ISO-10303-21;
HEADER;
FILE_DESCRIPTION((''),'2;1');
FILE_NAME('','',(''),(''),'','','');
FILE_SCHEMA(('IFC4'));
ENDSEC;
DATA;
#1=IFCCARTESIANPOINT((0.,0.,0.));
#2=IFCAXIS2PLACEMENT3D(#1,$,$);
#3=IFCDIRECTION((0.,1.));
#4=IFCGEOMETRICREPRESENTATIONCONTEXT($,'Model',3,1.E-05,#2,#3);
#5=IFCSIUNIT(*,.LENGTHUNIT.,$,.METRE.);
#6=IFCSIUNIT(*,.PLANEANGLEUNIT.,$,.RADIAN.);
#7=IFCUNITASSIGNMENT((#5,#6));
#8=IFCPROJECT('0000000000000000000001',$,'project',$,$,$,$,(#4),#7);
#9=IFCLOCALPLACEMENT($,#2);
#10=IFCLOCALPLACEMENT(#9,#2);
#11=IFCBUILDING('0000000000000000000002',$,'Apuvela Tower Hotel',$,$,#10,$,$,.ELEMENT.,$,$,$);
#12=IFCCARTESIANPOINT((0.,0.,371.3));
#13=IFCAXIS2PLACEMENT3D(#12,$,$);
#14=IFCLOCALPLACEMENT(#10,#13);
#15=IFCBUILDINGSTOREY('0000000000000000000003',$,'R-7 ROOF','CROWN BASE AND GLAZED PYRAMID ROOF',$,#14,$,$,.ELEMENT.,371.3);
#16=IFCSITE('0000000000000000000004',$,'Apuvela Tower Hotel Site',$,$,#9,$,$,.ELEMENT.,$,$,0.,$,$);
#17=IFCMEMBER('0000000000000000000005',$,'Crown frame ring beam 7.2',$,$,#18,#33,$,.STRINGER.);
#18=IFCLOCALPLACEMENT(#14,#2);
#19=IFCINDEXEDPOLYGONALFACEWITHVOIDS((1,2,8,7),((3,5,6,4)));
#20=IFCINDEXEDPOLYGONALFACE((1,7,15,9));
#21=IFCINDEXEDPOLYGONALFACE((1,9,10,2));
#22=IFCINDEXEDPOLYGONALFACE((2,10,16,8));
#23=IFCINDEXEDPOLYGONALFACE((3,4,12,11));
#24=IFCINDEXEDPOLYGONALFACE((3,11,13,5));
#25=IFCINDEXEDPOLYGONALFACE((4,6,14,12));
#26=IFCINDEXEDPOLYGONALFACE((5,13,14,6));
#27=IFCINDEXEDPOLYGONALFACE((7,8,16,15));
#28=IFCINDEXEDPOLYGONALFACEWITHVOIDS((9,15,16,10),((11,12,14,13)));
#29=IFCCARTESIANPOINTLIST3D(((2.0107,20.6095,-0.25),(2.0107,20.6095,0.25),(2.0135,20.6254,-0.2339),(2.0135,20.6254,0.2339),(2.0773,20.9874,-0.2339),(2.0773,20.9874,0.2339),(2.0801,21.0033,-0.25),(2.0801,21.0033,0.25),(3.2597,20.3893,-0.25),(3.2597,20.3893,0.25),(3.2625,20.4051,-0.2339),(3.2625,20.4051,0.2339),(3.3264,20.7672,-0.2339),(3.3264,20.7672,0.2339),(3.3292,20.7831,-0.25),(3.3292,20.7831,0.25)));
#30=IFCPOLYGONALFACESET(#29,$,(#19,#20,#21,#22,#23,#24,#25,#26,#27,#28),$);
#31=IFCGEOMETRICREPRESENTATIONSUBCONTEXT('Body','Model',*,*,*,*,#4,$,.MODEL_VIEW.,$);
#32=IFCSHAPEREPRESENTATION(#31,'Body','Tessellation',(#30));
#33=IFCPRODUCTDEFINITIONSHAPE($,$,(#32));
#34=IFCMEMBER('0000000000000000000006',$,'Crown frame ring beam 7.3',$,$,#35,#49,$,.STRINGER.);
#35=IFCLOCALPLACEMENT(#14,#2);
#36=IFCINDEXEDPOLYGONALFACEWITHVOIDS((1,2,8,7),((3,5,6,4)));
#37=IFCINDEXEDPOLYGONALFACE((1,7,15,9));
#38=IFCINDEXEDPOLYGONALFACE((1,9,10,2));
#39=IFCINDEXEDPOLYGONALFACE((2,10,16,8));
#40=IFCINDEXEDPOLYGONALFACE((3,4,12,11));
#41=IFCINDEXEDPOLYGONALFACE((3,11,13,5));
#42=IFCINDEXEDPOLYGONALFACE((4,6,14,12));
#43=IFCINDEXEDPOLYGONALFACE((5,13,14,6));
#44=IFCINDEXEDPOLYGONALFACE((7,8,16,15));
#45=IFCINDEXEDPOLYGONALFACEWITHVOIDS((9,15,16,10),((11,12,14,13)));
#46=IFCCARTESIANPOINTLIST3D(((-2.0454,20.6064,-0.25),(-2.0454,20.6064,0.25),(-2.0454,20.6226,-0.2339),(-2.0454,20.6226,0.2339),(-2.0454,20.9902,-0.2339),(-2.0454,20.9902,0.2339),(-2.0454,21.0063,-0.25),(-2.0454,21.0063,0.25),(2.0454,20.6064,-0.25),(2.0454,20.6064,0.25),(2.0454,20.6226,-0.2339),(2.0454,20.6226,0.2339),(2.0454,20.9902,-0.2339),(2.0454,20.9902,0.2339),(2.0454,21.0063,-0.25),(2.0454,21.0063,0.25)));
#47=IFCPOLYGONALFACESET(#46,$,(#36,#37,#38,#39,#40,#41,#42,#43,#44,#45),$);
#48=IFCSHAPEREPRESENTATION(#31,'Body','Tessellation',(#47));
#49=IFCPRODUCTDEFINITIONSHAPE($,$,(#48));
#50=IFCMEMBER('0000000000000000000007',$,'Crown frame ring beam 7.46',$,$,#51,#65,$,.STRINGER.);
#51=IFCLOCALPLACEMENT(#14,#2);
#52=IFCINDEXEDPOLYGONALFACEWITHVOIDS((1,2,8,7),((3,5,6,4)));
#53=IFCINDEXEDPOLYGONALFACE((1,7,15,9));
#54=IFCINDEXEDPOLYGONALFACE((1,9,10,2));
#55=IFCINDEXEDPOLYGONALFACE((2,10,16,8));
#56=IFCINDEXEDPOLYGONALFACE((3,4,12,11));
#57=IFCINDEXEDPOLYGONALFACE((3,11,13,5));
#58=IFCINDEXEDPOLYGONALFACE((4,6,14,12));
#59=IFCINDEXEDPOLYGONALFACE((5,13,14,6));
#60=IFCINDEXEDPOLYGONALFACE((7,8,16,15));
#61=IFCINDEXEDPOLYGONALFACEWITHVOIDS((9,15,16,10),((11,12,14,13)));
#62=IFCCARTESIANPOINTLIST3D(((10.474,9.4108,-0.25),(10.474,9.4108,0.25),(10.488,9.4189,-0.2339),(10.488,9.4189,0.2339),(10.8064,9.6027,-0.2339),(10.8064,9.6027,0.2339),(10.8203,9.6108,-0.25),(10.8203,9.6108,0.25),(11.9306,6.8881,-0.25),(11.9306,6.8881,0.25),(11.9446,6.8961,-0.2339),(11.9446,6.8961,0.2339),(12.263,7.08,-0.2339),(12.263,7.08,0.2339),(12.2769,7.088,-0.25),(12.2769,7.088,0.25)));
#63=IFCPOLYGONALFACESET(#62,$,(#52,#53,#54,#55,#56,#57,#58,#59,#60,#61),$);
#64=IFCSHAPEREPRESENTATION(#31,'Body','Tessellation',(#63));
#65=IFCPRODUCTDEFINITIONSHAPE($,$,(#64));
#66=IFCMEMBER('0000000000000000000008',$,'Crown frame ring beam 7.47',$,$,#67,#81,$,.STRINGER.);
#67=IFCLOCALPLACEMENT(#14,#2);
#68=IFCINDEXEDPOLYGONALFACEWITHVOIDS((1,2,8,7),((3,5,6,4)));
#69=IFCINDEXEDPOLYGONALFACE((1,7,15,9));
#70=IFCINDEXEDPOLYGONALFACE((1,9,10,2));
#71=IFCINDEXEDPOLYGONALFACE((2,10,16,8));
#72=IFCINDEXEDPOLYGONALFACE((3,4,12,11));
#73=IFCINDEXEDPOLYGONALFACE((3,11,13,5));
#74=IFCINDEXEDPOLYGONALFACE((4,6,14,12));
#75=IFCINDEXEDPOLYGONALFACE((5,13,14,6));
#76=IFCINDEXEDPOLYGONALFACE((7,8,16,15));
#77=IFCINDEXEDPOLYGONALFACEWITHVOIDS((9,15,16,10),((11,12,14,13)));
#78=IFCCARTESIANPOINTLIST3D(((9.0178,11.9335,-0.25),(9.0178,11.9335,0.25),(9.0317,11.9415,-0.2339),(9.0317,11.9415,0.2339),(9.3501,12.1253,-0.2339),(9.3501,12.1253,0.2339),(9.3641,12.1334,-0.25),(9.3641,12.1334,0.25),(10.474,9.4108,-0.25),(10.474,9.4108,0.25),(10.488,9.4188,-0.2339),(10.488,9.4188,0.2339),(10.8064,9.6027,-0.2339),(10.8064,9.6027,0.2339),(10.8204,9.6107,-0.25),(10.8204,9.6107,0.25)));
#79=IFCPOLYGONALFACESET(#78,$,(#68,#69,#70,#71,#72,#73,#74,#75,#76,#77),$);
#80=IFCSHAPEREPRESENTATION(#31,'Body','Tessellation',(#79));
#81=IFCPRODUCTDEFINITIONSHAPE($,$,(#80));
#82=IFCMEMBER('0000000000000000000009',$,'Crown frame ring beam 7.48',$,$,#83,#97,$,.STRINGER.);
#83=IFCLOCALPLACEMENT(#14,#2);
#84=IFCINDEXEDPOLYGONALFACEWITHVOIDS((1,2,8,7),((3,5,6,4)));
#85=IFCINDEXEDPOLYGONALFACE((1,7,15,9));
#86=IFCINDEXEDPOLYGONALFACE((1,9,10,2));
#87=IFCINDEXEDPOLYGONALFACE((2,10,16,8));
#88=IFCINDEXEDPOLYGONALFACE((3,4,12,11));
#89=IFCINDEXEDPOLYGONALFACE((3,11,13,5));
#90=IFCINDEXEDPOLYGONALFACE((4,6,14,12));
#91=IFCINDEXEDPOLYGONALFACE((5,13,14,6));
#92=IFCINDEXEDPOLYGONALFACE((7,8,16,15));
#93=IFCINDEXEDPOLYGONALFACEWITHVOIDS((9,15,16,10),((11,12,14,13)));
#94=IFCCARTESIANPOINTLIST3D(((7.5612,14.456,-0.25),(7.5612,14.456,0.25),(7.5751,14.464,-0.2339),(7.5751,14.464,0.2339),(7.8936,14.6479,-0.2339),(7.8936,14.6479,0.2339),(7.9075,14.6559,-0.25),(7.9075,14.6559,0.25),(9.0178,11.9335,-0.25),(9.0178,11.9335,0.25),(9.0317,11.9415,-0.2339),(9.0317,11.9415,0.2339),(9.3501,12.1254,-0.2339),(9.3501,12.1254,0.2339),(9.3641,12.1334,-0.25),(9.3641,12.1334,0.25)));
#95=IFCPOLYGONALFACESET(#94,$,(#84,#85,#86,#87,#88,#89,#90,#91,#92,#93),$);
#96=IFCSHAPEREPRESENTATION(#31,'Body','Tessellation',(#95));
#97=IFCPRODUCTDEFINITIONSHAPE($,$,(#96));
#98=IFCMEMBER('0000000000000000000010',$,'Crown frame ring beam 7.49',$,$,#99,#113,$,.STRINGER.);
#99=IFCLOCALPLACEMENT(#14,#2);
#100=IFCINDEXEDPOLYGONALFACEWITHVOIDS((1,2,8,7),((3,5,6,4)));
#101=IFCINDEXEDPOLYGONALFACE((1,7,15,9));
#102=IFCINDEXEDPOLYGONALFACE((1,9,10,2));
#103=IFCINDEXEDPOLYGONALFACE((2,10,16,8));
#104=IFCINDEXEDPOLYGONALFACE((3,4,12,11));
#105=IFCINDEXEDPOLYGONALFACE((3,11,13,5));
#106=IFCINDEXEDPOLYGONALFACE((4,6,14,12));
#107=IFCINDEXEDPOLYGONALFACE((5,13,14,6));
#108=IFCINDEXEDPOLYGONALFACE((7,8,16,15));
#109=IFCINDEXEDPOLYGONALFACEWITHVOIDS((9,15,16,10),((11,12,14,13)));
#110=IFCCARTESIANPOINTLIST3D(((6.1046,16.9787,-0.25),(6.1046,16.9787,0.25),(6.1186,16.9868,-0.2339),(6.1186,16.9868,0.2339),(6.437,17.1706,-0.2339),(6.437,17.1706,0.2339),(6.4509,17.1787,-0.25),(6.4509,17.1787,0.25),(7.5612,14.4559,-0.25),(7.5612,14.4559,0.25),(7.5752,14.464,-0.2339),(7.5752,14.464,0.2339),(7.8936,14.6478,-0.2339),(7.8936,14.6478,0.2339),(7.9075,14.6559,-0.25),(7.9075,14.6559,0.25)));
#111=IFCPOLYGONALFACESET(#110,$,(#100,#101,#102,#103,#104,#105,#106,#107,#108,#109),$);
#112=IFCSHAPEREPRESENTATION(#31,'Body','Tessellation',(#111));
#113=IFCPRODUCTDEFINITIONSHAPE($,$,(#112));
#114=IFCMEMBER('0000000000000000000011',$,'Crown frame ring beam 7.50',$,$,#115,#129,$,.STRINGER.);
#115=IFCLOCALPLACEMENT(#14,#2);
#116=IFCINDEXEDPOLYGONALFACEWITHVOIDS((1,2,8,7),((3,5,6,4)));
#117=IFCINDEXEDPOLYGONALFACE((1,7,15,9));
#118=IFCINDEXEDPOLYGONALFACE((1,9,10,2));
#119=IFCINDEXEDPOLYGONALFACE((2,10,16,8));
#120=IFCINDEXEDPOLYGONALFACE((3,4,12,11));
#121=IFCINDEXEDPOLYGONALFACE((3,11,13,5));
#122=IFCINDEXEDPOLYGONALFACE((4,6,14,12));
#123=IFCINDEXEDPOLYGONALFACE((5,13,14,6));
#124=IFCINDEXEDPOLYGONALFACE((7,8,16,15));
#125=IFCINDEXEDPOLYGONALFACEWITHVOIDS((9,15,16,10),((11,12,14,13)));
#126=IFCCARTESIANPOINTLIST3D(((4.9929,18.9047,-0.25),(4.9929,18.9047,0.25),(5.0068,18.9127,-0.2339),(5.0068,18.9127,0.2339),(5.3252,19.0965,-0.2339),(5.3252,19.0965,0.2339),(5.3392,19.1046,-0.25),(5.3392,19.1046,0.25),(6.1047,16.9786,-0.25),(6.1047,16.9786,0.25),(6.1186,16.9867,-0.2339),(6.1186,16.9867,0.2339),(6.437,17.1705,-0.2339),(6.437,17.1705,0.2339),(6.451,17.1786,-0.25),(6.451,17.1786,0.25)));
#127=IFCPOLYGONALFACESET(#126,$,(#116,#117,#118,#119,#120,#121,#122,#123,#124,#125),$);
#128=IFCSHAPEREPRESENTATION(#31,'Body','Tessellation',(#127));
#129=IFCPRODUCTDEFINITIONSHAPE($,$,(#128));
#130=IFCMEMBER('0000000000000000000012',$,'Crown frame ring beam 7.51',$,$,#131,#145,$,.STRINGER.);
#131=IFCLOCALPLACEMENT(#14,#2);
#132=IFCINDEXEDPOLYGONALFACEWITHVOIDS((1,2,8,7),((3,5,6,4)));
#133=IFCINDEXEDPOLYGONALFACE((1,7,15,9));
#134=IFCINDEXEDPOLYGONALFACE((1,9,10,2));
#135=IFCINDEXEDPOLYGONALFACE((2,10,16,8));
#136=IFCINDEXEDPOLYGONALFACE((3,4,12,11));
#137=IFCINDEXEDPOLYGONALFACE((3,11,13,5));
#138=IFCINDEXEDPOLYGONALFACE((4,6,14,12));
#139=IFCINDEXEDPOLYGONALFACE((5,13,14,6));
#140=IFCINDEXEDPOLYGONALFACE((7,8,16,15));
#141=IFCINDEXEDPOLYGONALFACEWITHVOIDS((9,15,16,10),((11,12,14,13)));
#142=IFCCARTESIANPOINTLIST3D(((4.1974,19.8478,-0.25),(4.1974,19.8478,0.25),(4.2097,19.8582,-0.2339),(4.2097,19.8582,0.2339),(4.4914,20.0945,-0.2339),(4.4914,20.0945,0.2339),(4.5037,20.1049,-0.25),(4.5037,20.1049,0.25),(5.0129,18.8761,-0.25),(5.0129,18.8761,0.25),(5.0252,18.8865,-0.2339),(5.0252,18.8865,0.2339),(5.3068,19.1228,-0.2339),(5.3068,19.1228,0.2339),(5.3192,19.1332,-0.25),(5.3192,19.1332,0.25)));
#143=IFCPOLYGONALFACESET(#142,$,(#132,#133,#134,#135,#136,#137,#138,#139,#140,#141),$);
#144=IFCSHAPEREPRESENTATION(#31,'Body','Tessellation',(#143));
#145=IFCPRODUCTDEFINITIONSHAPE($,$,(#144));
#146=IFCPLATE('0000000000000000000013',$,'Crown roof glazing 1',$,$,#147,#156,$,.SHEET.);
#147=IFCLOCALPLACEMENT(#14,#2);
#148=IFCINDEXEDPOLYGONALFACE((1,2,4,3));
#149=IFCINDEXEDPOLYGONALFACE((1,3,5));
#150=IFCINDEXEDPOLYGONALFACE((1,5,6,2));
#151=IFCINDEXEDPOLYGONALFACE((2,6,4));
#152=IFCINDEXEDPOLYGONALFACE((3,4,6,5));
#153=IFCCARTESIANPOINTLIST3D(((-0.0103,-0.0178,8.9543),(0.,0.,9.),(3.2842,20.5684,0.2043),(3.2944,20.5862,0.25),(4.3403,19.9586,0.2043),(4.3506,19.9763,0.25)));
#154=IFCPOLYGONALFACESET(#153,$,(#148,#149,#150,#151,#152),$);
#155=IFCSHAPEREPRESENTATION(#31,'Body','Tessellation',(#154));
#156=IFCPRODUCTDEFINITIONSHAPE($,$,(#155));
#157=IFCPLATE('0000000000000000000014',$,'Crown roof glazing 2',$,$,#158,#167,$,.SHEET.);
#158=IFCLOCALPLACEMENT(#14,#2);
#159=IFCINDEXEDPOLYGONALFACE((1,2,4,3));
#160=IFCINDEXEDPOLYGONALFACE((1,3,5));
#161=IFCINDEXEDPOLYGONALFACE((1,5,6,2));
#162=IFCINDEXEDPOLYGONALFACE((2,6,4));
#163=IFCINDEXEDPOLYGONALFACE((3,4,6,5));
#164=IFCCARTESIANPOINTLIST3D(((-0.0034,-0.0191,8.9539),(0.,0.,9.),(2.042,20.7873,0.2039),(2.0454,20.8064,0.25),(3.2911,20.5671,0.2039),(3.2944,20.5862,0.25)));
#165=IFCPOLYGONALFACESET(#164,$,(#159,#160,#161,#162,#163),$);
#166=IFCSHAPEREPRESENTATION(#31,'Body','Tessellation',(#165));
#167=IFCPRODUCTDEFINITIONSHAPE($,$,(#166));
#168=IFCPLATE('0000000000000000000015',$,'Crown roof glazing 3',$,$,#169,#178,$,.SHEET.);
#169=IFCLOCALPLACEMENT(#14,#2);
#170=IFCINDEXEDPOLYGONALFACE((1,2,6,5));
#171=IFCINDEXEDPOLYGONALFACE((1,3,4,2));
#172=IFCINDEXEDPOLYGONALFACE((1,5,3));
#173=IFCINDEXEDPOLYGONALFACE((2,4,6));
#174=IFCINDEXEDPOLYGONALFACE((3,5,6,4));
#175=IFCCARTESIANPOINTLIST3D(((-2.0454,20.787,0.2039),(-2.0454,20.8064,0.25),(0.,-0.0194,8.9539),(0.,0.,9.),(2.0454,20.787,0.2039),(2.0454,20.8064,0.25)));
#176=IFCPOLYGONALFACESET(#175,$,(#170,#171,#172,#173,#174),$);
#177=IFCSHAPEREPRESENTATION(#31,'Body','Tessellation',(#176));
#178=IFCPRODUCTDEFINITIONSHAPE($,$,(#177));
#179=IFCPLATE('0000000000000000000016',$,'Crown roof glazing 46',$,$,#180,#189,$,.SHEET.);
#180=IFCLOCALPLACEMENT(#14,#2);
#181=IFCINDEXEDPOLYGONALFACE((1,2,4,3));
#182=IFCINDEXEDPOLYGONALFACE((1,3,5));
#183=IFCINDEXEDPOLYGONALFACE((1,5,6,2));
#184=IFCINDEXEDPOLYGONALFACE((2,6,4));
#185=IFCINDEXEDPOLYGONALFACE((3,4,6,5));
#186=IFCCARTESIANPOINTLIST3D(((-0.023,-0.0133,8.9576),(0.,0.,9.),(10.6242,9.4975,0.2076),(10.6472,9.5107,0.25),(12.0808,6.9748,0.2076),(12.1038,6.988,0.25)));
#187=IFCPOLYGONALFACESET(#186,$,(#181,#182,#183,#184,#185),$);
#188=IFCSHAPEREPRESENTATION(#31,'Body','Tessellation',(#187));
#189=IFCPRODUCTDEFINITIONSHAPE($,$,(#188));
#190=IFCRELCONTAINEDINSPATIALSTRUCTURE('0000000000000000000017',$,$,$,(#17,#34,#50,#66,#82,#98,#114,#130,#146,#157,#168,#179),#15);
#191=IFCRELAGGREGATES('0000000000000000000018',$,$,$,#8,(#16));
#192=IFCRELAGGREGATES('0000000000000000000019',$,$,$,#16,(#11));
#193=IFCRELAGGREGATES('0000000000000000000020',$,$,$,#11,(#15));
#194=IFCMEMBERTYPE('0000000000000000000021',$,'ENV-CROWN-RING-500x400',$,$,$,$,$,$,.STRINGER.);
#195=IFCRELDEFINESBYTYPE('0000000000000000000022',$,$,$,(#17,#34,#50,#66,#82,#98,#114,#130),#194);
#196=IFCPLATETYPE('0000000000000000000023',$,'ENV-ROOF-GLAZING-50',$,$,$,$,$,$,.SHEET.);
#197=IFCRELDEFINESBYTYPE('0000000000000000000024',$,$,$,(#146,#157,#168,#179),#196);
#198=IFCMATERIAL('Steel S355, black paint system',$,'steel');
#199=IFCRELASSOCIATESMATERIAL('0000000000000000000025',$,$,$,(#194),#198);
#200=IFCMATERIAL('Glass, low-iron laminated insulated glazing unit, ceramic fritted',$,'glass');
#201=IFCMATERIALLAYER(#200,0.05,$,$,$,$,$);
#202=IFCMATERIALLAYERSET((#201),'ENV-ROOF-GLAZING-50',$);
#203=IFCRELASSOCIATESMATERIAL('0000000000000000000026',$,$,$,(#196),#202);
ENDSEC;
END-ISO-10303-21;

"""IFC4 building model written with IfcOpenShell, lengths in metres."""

from ifc_helpers import new_model, si_unit, direction, frame, origin, origin_2d, place, context, subcontext, project, spatial, polyline, hollow_rectangle, outline, extrude, material, layer, layer_set, material_profile, profile_set, type_object, element, save


model = new_model("IFC4")

# Units and contexts
model_context = context("Model", 3, precision=1e-05, world=origin(), true_north=direction((0.0, 1.0)))
body_context = subcontext(model_context, "Body", "Model", "MODEL_VIEW")
ifc_project = project(units=[si_unit("LENGTHUNIT", "METRE"), si_unit("PLANEANGLEUNIT", "RADIAN")], contexts=[model_context])

# Site, building, storey
site_placement = place(None, origin())
site = spatial("IfcSite", under=ifc_project, at=site_placement, Name="Apuvela Tower Hotel Site", CompositionType="ELEMENT", RefElevation=0.0)
building_placement = place(site_placement, origin())
building = spatial("IfcBuilding", under=site, at=building_placement, Name="Apuvela Tower Hotel", CompositionType="ELEMENT")
storey_placement = place(building_placement, frame((0.0, 0.0, 371.3)))
storey = spatial("IfcBuildingStorey", under=building, at=storey_placement, Name="R-7 ROOF", Description="CROWN BASE AND GLAZED PYRAMID ROOF", CompositionType="ELEMENT", Elevation=371.3)

# Members
ifc_material_1 = material(Name="Steel S355, black paint system", Category="steel")
ifc_material_profile_1 = material_profile(ifc_material_1, hollow_rectangle(XDim=0.3999, YDim=0.5, WallThickness=0.0161, at=origin_2d()), Name="HSS 500x400x16")
ifc_profile_set_1 = profile_set([ifc_material_profile_1], Name="Steel S355, black paint system")
member_type_1 = type_object("IfcMemberType", Name="ENV-CROWN-RING-500x400", PredefinedType="STRINGER", material=ifc_profile_set_1)
member_1_placement = place(storey_placement, frame((3.2944, 20.5862, 0.0), z_axis=(-0.984811, 0.173632, 0.0), x_axis=(-0.173632, -0.984811, 0.0)))
element("IfcMember", 1, at=member_1_placement, inside=storey, type_object=member_type_1, Name="Crown frame ring beam 7.2", PredefinedType="STRINGER", context=body_context, shape_type="SweptSolid", body=[
    extrude(hollow_rectangle(XDim=0.3999, YDim=0.5, WallThickness=0.0161, at=origin_2d()), origin(), (0.0, 0.0, 1.0), 1.2683),
])
member_2_placement = place(storey_placement, frame((2.0454, 20.8064, 0.0), z_axis=(-1.0, 0.0, 0.0), x_axis=(0.0, -1.0, 0.0)))
element("IfcMember", 2, at=member_2_placement, inside=storey, type_object=member_type_1, Name="Crown frame ring beam 7.3", PredefinedType="STRINGER", context=body_context, shape_type="SweptSolid", body=[
    extrude(hollow_rectangle(XDim=0.3999, YDim=0.5, WallThickness=0.0161, at=origin_2d()), origin(), (0.0, 0.0, 1.0), 4.0908),
])
member_3_placement = place(storey_placement, frame((12.1038, 6.988, 0.0), z_axis=(-0.500015, 0.866017, 0.0), x_axis=(-0.866017, -0.500015, 0.0)))
element("IfcMember", 3, at=member_3_placement, inside=storey, type_object=member_type_1, Name="Crown frame ring beam 7.46", PredefinedType="STRINGER", context=body_context, shape_type="SweptSolid", body=[
    extrude(hollow_rectangle(XDim=0.3999, YDim=0.5, WallThickness=0.0161, at=origin_2d()), origin(), (0.0, 0.0, 1.0), 2.9131),
])
for number, where, z_axis, x_axis, name in (
    (4, (10.6472, 9.5107, 0.0), (-0.499952, 0.866053, 0.0), (-0.866053, -0.499952, 0.0), "Crown frame ring beam 7.47"),
    (5, (9.1909, 12.0334, 0.0), (-0.500051, 0.865996, 0.0), (-0.865996, -0.500051, 0.0), "Crown frame ring beam 7.48"),
):
    element("IfcMember", number, at=place(storey_placement, frame(where, z_axis=z_axis, x_axis=x_axis)), inside=storey, type_object=member_type_1, Name=name, PredefinedType="STRINGER", context=body_context, shape_type="SweptSolid", body=[
        extrude(hollow_rectangle(XDim=0.3999, YDim=0.5, WallThickness=0.0161, at=origin_2d()), origin(), (0.0, 0.0, 1.0), 2.9128),
    ])
member_4_placement = place(storey_placement, frame((7.7344, 14.5559, 0.0), z_axis=(-0.500015, 0.866017, 0.0), x_axis=(-0.866017, -0.500015, 0.0)))
element("IfcMember", 6, at=member_4_placement, inside=storey, type_object=member_type_1, Name="Crown frame ring beam 7.49", PredefinedType="STRINGER", context=body_context, shape_type="SweptSolid", body=[
    extrude(hollow_rectangle(XDim=0.3999, YDim=0.5, WallThickness=0.0161, at=origin_2d()), origin(), (0.0, 0.0, 1.0), 2.9131),
])
member_5_placement = place(storey_placement, frame((6.2778, 17.0786, 0.0), z_axis=(-0.499941, 0.866059, 0.0), x_axis=(-0.866059, -0.499941, 0.0)))
element("IfcMember", 7, at=member_5_placement, inside=storey, type_object=member_type_1, Name="Crown frame ring beam 7.50", PredefinedType="STRINGER", context=body_context, shape_type="SweptSolid", body=[
    extrude(hollow_rectangle(XDim=0.3999, YDim=0.5, WallThickness=0.0161, at=origin_2d()), origin(), (0.0, 0.0, 1.0), 2.2239),
])
member_6_placement = place(storey_placement, frame((5.166, 19.0046, 0.0), z_axis=(-0.642831, 0.766008, 0.0), x_axis=(-0.766008, -0.642831, 0.0)))
element("IfcMember", 8, at=member_6_placement, inside=storey, type_object=member_type_1, Name="Crown frame ring beam 7.51", PredefinedType="STRINGER", context=body_context, shape_type="SweptSolid", body=[
    extrude(hollow_rectangle(XDim=0.3999, YDim=0.5, WallThickness=0.0161, at=origin_2d()), origin(), (0.0, 0.0, 1.0), 1.2686),
])

# Plates
ifc_material_2 = material(Name="Glass, low-iron laminated insulated glazing unit, ceramic fritted", Category="glass")
ifc_layer = layer(ifc_material_2, 0.05)
ifc_layer_set = layer_set([ifc_layer], Name="ENV-ROOF-GLAZING-50")
plate_type = type_object("IfcPlateType", Name="ENV-ROOF-GLAZING-50", PredefinedType="SHEET", material=ifc_layer_set)
plate_1_placement = place(storey_placement, frame((4.3506, 19.9763, 0.25), z_axis=(0.204939, 0.354911, 0.912161), x_axis=(-0.865992, 0.500057, 0.0)))
element("IfcPlate", 9, at=plate_1_placement, inside=storey, type_object=plate_type, Name="Crown roof glazing 1", PredefinedType="SHEET", context=body_context, shape_type="SweptSolid", body=[
    extrude(outline(polyline([(0.0, 0.0), (1.2196, 0.0), (-6.2217, 21.3503), (0.0, 0.0)])), origin(), (0.0, 0.0, -1.0), 0.05),
])
plate_2_placement = place(storey_placement, frame((3.2944, 20.5862, 0.25), z_axis=(0.067202, 0.381161, 0.922063), x_axis=(-0.984811, 0.173632, 0.0)))
element("IfcPlate", 10, at=plate_2_placement, inside=storey, type_object=plate_type, Name="Crown roof glazing 2", PredefinedType="SHEET", context=body_context, shape_type="SweptSolid", body=[
    extrude(outline(polyline([(0.0, 0.0), (1.2683, 0.0), (-0.33, 22.6075), (0.0, 0.0)])), origin(), (0.0, 0.0, -1.0), 0.05),
])
plate_3_placement = place(storey_placement, frame((2.0454, 20.8064, 0.25), z_axis=(0.0, 0.387659, 0.921803), x_axis=(-1.0, 0.0, 0.0)))
element("IfcPlate", 11, at=plate_3_placement, inside=storey, type_object=plate_type, Name="Crown roof glazing 3", PredefinedType="SHEET", context=body_context, shape_type="SweptSolid", body=[
    extrude(outline(polyline([(0.0, 0.0), (4.0908, 0.0), (2.0454, 22.5714), (0.0, 0.0)])), origin(), (0.0, 0.0, -1.0), 0.05),
])
plate_4_placement = place(storey_placement, frame((12.1038, 6.988, 0.25), z_axis=(0.45955, 0.265332, 0.847592), x_axis=(-0.500015, 0.866017, 0.0)))
element("IfcPlate", 12, at=plate_4_placement, inside=storey, type_object=plate_type, Name="Crown roof glazing 46", PredefinedType="SHEET", context=body_context, shape_type="SweptSolid", body=[
    extrude(outline(polyline([(0.0, 0.0), (2.913, 0.0), (0.0003, 16.4893), (0.0, 0.0)])), origin(), (0.0, 0.0, -1.0), 0.05),
])

save(model, "model.ifc")
